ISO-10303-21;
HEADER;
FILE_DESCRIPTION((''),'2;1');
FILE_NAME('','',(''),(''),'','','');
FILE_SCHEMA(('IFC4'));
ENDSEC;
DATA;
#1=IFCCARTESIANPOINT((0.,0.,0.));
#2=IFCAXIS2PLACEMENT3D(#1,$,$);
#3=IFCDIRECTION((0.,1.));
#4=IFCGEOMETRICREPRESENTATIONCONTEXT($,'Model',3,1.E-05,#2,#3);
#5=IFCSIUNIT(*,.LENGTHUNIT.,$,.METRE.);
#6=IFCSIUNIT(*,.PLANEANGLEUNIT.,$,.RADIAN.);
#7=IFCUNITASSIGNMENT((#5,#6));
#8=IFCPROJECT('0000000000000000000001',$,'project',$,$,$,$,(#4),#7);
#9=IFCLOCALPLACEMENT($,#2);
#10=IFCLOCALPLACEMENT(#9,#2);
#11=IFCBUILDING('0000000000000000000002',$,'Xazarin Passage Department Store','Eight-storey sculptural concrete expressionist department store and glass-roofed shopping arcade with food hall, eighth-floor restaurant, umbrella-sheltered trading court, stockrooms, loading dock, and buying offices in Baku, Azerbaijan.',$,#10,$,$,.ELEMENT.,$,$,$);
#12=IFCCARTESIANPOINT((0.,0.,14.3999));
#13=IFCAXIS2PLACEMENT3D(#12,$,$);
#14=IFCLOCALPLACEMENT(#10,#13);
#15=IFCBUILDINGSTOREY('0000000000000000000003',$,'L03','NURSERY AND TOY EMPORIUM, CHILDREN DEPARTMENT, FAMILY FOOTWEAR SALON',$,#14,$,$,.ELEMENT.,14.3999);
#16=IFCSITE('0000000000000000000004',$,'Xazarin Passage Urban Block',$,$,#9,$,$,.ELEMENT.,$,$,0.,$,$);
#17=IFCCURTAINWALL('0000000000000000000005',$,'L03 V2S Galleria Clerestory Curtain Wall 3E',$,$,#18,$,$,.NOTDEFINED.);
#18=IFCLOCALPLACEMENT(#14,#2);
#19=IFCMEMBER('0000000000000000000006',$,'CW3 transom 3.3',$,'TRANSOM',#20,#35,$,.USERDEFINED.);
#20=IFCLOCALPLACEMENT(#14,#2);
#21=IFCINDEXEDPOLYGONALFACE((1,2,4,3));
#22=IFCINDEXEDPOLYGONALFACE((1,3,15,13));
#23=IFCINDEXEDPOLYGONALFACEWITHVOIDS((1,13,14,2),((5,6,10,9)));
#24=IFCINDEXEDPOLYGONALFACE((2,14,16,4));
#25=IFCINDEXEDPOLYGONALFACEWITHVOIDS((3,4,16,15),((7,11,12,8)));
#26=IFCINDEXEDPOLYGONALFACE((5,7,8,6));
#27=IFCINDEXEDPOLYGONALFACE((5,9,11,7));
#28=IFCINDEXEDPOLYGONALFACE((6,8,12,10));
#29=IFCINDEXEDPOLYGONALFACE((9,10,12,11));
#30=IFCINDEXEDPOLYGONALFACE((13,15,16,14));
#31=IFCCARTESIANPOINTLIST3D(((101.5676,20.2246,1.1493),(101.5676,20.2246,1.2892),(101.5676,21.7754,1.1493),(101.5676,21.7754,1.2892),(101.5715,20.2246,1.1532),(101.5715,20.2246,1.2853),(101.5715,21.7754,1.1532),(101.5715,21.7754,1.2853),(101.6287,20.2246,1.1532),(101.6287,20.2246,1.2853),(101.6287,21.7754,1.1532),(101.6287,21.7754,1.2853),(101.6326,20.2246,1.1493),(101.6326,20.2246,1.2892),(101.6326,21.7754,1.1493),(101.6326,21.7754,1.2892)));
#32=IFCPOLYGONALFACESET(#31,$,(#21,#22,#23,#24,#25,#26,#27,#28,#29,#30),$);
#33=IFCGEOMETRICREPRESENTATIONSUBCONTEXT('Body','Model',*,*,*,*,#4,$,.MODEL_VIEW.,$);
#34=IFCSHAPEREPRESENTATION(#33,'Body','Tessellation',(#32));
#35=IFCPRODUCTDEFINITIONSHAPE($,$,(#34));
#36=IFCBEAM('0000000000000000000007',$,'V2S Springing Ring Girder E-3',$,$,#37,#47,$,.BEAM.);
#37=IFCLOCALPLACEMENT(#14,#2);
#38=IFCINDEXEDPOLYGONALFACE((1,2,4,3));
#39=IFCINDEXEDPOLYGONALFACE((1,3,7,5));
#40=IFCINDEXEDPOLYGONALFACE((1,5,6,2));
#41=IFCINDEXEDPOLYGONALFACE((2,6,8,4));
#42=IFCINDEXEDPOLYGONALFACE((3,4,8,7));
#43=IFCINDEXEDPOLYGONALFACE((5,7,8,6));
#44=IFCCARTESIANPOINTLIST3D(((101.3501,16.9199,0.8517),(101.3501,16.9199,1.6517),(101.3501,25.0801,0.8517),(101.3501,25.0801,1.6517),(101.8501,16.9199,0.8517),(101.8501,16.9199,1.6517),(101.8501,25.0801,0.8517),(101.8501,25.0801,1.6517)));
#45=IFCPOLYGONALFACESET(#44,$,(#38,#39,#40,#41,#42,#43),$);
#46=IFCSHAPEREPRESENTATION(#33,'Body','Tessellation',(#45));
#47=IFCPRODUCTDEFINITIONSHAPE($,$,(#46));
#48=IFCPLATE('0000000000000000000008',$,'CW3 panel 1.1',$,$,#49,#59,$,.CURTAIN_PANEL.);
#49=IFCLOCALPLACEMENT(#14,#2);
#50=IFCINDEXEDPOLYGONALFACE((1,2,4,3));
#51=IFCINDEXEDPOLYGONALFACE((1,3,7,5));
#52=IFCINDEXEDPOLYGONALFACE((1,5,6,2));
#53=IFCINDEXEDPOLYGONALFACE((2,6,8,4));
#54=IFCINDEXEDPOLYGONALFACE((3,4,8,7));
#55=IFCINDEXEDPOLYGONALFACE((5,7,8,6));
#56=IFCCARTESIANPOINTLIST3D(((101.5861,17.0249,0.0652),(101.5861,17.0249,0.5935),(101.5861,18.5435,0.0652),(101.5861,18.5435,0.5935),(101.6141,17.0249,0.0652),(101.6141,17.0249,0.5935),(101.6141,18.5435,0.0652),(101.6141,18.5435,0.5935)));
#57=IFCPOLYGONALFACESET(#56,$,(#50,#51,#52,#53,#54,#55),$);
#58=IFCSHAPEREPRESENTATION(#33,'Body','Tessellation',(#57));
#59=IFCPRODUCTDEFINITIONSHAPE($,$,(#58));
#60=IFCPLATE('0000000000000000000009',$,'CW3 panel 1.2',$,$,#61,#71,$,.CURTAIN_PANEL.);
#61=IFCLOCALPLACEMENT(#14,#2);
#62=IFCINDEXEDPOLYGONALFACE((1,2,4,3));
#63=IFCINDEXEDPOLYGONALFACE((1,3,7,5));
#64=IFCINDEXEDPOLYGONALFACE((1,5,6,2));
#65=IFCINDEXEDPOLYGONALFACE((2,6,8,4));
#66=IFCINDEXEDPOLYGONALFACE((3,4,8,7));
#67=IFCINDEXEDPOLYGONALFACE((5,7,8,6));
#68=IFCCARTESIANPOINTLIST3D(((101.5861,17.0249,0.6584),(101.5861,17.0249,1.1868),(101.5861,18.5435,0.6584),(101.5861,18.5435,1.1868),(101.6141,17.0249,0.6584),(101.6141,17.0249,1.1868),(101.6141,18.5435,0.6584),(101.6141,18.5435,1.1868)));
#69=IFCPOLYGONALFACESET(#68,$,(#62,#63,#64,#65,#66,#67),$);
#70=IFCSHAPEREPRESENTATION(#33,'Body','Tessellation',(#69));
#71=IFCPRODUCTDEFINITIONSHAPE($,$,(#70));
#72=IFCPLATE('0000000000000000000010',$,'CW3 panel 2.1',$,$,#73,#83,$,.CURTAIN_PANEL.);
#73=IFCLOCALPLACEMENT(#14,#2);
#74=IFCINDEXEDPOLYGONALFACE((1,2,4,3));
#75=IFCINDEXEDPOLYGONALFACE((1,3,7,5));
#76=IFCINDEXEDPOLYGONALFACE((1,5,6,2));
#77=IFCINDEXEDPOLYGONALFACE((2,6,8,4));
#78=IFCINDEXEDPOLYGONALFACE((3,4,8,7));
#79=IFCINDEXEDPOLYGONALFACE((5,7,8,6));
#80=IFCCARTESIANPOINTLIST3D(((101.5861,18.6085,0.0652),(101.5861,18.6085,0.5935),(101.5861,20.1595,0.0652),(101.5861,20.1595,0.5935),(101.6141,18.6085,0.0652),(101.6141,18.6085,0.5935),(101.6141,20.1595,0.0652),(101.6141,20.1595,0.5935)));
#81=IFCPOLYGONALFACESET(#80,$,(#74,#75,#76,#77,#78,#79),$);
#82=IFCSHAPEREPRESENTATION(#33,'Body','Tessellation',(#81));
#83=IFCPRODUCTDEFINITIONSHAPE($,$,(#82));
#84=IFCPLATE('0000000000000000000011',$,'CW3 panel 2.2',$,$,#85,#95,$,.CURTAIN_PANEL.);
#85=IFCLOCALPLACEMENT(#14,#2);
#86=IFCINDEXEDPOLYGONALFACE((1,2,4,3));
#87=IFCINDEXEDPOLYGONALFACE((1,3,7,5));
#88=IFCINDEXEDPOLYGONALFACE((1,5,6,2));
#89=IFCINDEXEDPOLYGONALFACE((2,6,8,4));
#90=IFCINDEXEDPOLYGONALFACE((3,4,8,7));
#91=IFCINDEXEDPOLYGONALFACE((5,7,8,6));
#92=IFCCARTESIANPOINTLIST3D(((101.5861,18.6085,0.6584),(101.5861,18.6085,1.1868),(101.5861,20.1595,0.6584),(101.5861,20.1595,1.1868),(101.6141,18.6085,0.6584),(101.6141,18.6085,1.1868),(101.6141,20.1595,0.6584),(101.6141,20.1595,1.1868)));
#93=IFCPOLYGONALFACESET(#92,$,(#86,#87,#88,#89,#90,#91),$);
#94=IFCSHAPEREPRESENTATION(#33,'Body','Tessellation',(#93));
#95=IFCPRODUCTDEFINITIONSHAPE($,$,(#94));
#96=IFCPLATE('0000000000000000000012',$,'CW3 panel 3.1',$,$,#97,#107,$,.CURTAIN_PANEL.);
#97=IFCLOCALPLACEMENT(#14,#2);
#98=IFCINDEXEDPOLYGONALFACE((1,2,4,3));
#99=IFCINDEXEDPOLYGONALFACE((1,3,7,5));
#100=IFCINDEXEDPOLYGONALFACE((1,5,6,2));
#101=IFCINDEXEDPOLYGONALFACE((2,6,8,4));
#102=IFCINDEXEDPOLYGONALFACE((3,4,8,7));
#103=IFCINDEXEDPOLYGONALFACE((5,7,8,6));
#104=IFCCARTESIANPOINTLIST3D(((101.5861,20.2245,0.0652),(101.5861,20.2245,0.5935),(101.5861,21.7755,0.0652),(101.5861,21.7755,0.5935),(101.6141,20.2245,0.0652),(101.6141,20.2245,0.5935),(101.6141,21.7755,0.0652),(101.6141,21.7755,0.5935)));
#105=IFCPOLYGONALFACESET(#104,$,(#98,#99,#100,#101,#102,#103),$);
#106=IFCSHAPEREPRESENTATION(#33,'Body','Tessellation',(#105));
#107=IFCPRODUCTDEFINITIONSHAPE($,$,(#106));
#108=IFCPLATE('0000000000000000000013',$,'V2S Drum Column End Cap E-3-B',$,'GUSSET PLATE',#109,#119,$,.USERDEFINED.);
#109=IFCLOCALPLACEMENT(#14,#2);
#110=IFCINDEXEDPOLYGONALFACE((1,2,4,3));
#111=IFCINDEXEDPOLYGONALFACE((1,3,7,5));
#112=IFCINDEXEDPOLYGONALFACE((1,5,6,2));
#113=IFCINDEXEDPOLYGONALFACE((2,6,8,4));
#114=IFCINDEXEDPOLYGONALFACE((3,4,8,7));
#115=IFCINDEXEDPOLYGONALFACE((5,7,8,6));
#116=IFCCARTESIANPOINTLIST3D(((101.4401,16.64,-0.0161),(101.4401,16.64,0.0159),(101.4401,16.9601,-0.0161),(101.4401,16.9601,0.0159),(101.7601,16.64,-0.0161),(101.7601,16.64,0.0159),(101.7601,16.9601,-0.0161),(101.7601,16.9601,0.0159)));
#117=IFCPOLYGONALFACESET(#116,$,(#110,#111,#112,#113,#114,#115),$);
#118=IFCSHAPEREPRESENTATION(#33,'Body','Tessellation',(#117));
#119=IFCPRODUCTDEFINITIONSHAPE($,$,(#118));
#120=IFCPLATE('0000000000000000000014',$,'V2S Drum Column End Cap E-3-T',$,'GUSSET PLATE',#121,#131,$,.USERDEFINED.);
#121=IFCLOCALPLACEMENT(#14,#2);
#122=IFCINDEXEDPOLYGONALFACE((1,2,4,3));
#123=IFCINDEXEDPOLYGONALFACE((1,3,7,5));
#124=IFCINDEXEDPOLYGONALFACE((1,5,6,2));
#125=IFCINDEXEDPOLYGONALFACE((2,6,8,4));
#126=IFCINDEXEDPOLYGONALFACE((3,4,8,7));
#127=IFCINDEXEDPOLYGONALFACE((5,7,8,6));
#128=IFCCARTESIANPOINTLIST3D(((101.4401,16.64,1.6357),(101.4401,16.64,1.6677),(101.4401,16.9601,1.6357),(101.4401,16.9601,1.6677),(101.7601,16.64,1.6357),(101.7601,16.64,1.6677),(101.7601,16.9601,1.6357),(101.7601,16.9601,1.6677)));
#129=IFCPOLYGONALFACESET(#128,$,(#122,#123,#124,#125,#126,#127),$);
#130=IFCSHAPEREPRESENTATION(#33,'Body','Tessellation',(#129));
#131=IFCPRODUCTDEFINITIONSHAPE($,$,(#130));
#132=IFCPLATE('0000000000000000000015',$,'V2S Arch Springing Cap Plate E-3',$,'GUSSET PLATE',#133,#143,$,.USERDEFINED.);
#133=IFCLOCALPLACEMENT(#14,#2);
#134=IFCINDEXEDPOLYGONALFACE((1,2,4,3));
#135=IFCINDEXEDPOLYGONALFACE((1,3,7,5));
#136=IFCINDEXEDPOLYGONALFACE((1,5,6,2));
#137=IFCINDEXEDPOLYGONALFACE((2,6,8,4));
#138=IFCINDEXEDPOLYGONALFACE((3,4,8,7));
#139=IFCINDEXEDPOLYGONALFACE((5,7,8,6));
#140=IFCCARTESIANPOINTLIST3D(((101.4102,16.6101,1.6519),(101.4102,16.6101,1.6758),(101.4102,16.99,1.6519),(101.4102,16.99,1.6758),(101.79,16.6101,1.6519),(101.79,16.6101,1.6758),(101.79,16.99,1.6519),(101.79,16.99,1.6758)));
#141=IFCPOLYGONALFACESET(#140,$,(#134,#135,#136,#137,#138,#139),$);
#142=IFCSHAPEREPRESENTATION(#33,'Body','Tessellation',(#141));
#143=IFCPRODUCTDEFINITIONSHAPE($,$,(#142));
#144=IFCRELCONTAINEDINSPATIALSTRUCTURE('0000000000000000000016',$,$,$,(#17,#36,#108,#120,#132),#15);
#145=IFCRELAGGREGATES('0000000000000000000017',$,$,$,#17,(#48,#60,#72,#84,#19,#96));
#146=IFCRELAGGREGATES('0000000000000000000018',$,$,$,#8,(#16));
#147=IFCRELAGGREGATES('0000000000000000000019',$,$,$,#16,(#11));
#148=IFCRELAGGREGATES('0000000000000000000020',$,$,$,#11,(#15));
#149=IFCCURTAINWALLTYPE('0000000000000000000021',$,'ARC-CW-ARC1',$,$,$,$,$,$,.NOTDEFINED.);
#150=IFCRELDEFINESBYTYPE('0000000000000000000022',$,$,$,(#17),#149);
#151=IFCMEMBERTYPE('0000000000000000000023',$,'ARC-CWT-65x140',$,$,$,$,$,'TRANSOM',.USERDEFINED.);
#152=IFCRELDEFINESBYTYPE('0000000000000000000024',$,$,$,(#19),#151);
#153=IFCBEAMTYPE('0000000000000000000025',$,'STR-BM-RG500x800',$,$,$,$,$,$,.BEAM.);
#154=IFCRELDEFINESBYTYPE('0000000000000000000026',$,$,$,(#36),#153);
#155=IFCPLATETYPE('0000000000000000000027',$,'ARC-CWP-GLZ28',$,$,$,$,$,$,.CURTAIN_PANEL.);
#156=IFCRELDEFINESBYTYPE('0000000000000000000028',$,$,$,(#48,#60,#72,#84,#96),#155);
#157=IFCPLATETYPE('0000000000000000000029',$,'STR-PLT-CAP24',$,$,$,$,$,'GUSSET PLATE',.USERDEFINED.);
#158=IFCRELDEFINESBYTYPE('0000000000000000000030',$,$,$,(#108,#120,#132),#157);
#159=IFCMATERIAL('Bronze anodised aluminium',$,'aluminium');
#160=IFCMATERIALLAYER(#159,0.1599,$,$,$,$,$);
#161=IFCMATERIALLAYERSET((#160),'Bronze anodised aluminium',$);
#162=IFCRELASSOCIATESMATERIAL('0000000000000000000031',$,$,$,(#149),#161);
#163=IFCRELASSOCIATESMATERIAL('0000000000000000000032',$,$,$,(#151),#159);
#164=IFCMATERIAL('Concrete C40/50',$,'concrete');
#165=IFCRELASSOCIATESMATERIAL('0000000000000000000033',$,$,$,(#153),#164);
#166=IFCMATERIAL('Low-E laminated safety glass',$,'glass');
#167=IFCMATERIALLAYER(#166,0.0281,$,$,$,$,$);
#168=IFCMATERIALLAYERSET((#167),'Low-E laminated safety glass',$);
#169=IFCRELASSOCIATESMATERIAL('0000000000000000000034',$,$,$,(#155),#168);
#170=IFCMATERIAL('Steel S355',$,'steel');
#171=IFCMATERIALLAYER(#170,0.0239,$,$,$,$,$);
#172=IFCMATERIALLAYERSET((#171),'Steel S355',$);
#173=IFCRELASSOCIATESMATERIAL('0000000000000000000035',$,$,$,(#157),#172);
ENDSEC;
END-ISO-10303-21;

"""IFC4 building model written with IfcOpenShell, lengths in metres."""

from ifc_helpers import new_model, si_unit, direction, frame, origin, origin_2d, place, context, subcontext, project, spatial, rectangle, hollow_rectangle, extrude, material, layer, layer_set, material_profile, profile_set, type_object, element, aggregate, save


model = new_model("IFC4")

# Units and contexts
model_context = context("Model", 3, precision=1e-05, world=origin(), true_north=direction((0.0, 1.0)))
body_context = subcontext(model_context, "Body", "Model", "MODEL_VIEW")
ifc_project = project(units=[si_unit("LENGTHUNIT", "METRE"), si_unit("PLANEANGLEUNIT", "RADIAN")], contexts=[model_context])

# Site, building, storey
site_placement = place(None, origin())
site = spatial("IfcSite", under=ifc_project, at=site_placement, Name="Xazarin Passage Urban Block", CompositionType="ELEMENT", RefElevation=0.0)
building_placement = place(site_placement, origin())
building = spatial("IfcBuilding", under=site, at=building_placement, Name="Xazarin Passage Department Store", Description="Eight-storey sculptural concrete expressionist department store and glass-roofed shopping arcade with food hall, eighth-floor restaurant, umbrella-sheltered trading court, stockrooms, loading dock, and buying offices in Baku, Azerbaijan.", CompositionType="ELEMENT")
storey_placement = place(building_placement, frame((0.0, 0.0, 14.3999)))
storey = spatial("IfcBuildingStorey", under=building, at=storey_placement, Name="L03", Description="NURSERY AND TOY EMPORIUM, CHILDREN DEPARTMENT, FAMILY FOOTWEAR SALON", CompositionType="ELEMENT", Elevation=14.3999)

# Curtain wall, member
ifc_material_1 = material(Name="Bronze anodised aluminium", Category="aluminium")
ifc_layer_1 = layer(ifc_material_1, 0.1599)
ifc_layer_set_1 = layer_set([ifc_layer_1], Name="Bronze anodised aluminium")
curtain_wall_type = type_object("IfcCurtainWallType", Name="ARC-CW-ARC1", PredefinedType="NOTDEFINED", material=ifc_layer_set_1)
curtain_wall_placement = place(storey_placement, origin())
curtain_wall = element("IfcCurtainWall", 1, at=curtain_wall_placement, inside=storey, type_object=curtain_wall_type, Name="L03 V2S Galleria Clerestory Curtain Wall 3E", PredefinedType="NOTDEFINED")
ifc_material_profile_1 = material_profile(ifc_material_1, hollow_rectangle(XDim=0.0649, YDim=0.1399, WallThickness=0.0039, at=origin_2d()), Name="ALU 65x140")
ifc_profile_set_1 = profile_set([ifc_material_profile_1], Name="Bronze anodised aluminium")
member_type_1 = type_object("IfcMemberType", Name="ARC-CWT-65x140", ElementType="TRANSOM", PredefinedType="USERDEFINED", material=ifc_profile_set_1)
member_1_placement = place(storey_placement, frame((101.6001, 20.2246, 1.2192), z_axis=(0.0, 1.0, 0.0), x_axis=(-1.0, 0.0, 0.0)))
member_1 = element("IfcMember", 2, at=member_1_placement, type_object=member_type_1, Name="CW3 transom 3.3", ObjectType="TRANSOM", PredefinedType="USERDEFINED", context=body_context, shape_type="SweptSolid", body=[
    extrude(hollow_rectangle(XDim=0.0649, YDim=0.1399, WallThickness=0.0039, at=origin_2d()), origin(), (0.0, 0.0, 1.0), 1.5508),
])

# Beam
ifc_material_2 = material(Name="Concrete C40/50", Category="concrete")
ifc_material_profile_2 = material_profile(ifc_material_2, rectangle(XDim=0.5, YDim=0.8, at=origin_2d()), Name="RC 500x800")
ifc_profile_set_2 = profile_set([ifc_material_profile_2], Name="Concrete C40/50")
beam_type = type_object("IfcBeamType", Name="STR-BM-RG500x800", PredefinedType="BEAM", material=ifc_profile_set_2)
beam_placement = place(storey_placement, frame((101.6001, 16.9199, 1.2517), z_axis=(0.0, 1.0, 0.0), x_axis=(-1.0, 0.0, 0.0)))
element("IfcBeam", 3, at=beam_placement, inside=storey, type_object=beam_type, Name="V2S Springing Ring Girder E-3", PredefinedType="BEAM", context=body_context, shape_type="SweptSolid", body=[
    extrude(rectangle(XDim=0.5, YDim=0.8, at=origin_2d()), origin(), (0.0, 0.0, 1.0), 8.1602),
])

# Plates
ifc_material_3 = material(Name="Low-E laminated safety glass", Category="glass")
ifc_layer_2 = layer(ifc_material_3, 0.0281)
ifc_layer_set_2 = layer_set([ifc_layer_2], Name="Low-E laminated safety glass")
plate_type_1 = type_object("IfcPlateType", Name="ARC-CWP-GLZ28", PredefinedType="CURTAIN_PANEL", material=ifc_layer_set_2)
plate_1_placement = place(storey_placement, frame((101.6001, 17.7842, 0.0652), z_axis=(0.0, 0.0, 1.0), x_axis=(0.0, 1.0, 0.0)))
plate_1 = element("IfcPlate", 4, at=plate_1_placement, type_object=plate_type_1, Name="CW3 panel 1.1", PredefinedType="CURTAIN_PANEL", context=body_context, shape_type="SweptSolid", body=[
    extrude(rectangle(XDim=1.5186, YDim=0.0281, at=origin_2d()), origin(), (0.0, 0.0, 1.0), 0.5283),
])
plate_2_placement = place(storey_placement, frame((101.6001, 17.7842, 0.6584), z_axis=(0.0, 0.0, 1.0), x_axis=(0.0, 1.0, 0.0)))
plate_2 = element("IfcPlate", 5, at=plate_2_placement, type_object=plate_type_1, Name="CW3 panel 1.2", PredefinedType="CURTAIN_PANEL", context=body_context, shape_type="SweptSolid", body=[
    extrude(rectangle(XDim=1.5186, YDim=0.0281, at=origin_2d()), origin(), (0.0, 0.0, 1.0), 0.5283),
])
plate_3_placement = place(storey_placement, frame((101.6001, 19.384, 0.0652), z_axis=(0.0, 0.0, 1.0), x_axis=(0.0, 1.0, 0.0)))
plate_3 = element("IfcPlate", 6, at=plate_3_placement, type_object=plate_type_1, Name="CW3 panel 2.1", PredefinedType="CURTAIN_PANEL", context=body_context, shape_type="SweptSolid", body=[
    extrude(rectangle(XDim=1.551, YDim=0.0281, at=origin_2d()), origin(), (0.0, 0.0, 1.0), 0.5283),
])
plate_4_placement = place(storey_placement, frame((101.6001, 19.384, 0.6584), z_axis=(0.0, 0.0, 1.0), x_axis=(0.0, 1.0, 0.0)))
plate_4 = element("IfcPlate", 7, at=plate_4_placement, type_object=plate_type_1, Name="CW3 panel 2.2", PredefinedType="CURTAIN_PANEL", context=body_context, shape_type="SweptSolid", body=[
    extrude(rectangle(XDim=1.551, YDim=0.0281, at=origin_2d()), origin(), (0.0, 0.0, 1.0), 0.5283),
])
plate_5_placement = place(storey_placement, frame((101.6001, 21.0, 0.0652), z_axis=(0.0, 0.0, 1.0), x_axis=(0.0, 1.0, 0.0)))
plate_5 = element("IfcPlate", 8, at=plate_5_placement, type_object=plate_type_1, Name="CW3 panel 3.1", PredefinedType="CURTAIN_PANEL", context=body_context, shape_type="SweptSolid", body=[
    extrude(rectangle(XDim=1.551, YDim=0.0281, at=origin_2d()), origin(), (0.0, 0.0, 1.0), 0.5283),
])
aggregate(curtain_wall, [plate_1, plate_2, plate_3, plate_4, member_1, plate_5])

# Plates
ifc_material_4 = material(Name="Steel S355", Category="steel")
ifc_layer_3 = layer(ifc_material_4, 0.0239)
ifc_layer_set_3 = layer_set([ifc_layer_3], Name="Steel S355")
plate_type_2 = type_object("IfcPlateType", Name="STR-PLT-CAP24", ElementType="GUSSET PLATE", PredefinedType="USERDEFINED", material=ifc_layer_set_3)
for number, where, z_axis, x_axis, name in (
    (9, (101.6001, 16.8, -0.0161), (0.0, 0.0, 1.0), (1.0, 0.0, 0.0), "V2S Drum Column End Cap E-3-B"),
    (10, (101.6001, 16.8, 1.6357), (0.0, 0.0, 1.0), (1.0, 0.0, 0.0), "V2S Drum Column End Cap E-3-T"),
):
    element("IfcPlate", number, at=place(storey_placement, frame(where, z_axis=z_axis, x_axis=x_axis)), inside=storey, type_object=plate_type_2, Name=name, ObjectType="GUSSET PLATE", PredefinedType="USERDEFINED", context=body_context, shape_type="SweptSolid", body=[
        extrude(rectangle(XDim=0.3201, YDim=0.3201, at=origin_2d()), origin(), (0.0, 0.0, 1.0), 0.032),
    ])
plate_6_placement = place(storey_placement, frame((101.6001, 16.8, 1.6519), z_axis=(0.0, 0.0, 1.0), x_axis=(1.0, 0.0, 0.0)))
element("IfcPlate", 11, at=plate_6_placement, inside=storey, type_object=plate_type_2, Name="V2S Arch Springing Cap Plate E-3", ObjectType="GUSSET PLATE", PredefinedType="USERDEFINED", context=body_context, shape_type="SweptSolid", body=[
    extrude(rectangle(XDim=0.3799, YDim=0.3799, at=origin_2d()), origin(), (0.0, 0.0, 1.0), 0.0239),
])

save(model, "model.ifc")
